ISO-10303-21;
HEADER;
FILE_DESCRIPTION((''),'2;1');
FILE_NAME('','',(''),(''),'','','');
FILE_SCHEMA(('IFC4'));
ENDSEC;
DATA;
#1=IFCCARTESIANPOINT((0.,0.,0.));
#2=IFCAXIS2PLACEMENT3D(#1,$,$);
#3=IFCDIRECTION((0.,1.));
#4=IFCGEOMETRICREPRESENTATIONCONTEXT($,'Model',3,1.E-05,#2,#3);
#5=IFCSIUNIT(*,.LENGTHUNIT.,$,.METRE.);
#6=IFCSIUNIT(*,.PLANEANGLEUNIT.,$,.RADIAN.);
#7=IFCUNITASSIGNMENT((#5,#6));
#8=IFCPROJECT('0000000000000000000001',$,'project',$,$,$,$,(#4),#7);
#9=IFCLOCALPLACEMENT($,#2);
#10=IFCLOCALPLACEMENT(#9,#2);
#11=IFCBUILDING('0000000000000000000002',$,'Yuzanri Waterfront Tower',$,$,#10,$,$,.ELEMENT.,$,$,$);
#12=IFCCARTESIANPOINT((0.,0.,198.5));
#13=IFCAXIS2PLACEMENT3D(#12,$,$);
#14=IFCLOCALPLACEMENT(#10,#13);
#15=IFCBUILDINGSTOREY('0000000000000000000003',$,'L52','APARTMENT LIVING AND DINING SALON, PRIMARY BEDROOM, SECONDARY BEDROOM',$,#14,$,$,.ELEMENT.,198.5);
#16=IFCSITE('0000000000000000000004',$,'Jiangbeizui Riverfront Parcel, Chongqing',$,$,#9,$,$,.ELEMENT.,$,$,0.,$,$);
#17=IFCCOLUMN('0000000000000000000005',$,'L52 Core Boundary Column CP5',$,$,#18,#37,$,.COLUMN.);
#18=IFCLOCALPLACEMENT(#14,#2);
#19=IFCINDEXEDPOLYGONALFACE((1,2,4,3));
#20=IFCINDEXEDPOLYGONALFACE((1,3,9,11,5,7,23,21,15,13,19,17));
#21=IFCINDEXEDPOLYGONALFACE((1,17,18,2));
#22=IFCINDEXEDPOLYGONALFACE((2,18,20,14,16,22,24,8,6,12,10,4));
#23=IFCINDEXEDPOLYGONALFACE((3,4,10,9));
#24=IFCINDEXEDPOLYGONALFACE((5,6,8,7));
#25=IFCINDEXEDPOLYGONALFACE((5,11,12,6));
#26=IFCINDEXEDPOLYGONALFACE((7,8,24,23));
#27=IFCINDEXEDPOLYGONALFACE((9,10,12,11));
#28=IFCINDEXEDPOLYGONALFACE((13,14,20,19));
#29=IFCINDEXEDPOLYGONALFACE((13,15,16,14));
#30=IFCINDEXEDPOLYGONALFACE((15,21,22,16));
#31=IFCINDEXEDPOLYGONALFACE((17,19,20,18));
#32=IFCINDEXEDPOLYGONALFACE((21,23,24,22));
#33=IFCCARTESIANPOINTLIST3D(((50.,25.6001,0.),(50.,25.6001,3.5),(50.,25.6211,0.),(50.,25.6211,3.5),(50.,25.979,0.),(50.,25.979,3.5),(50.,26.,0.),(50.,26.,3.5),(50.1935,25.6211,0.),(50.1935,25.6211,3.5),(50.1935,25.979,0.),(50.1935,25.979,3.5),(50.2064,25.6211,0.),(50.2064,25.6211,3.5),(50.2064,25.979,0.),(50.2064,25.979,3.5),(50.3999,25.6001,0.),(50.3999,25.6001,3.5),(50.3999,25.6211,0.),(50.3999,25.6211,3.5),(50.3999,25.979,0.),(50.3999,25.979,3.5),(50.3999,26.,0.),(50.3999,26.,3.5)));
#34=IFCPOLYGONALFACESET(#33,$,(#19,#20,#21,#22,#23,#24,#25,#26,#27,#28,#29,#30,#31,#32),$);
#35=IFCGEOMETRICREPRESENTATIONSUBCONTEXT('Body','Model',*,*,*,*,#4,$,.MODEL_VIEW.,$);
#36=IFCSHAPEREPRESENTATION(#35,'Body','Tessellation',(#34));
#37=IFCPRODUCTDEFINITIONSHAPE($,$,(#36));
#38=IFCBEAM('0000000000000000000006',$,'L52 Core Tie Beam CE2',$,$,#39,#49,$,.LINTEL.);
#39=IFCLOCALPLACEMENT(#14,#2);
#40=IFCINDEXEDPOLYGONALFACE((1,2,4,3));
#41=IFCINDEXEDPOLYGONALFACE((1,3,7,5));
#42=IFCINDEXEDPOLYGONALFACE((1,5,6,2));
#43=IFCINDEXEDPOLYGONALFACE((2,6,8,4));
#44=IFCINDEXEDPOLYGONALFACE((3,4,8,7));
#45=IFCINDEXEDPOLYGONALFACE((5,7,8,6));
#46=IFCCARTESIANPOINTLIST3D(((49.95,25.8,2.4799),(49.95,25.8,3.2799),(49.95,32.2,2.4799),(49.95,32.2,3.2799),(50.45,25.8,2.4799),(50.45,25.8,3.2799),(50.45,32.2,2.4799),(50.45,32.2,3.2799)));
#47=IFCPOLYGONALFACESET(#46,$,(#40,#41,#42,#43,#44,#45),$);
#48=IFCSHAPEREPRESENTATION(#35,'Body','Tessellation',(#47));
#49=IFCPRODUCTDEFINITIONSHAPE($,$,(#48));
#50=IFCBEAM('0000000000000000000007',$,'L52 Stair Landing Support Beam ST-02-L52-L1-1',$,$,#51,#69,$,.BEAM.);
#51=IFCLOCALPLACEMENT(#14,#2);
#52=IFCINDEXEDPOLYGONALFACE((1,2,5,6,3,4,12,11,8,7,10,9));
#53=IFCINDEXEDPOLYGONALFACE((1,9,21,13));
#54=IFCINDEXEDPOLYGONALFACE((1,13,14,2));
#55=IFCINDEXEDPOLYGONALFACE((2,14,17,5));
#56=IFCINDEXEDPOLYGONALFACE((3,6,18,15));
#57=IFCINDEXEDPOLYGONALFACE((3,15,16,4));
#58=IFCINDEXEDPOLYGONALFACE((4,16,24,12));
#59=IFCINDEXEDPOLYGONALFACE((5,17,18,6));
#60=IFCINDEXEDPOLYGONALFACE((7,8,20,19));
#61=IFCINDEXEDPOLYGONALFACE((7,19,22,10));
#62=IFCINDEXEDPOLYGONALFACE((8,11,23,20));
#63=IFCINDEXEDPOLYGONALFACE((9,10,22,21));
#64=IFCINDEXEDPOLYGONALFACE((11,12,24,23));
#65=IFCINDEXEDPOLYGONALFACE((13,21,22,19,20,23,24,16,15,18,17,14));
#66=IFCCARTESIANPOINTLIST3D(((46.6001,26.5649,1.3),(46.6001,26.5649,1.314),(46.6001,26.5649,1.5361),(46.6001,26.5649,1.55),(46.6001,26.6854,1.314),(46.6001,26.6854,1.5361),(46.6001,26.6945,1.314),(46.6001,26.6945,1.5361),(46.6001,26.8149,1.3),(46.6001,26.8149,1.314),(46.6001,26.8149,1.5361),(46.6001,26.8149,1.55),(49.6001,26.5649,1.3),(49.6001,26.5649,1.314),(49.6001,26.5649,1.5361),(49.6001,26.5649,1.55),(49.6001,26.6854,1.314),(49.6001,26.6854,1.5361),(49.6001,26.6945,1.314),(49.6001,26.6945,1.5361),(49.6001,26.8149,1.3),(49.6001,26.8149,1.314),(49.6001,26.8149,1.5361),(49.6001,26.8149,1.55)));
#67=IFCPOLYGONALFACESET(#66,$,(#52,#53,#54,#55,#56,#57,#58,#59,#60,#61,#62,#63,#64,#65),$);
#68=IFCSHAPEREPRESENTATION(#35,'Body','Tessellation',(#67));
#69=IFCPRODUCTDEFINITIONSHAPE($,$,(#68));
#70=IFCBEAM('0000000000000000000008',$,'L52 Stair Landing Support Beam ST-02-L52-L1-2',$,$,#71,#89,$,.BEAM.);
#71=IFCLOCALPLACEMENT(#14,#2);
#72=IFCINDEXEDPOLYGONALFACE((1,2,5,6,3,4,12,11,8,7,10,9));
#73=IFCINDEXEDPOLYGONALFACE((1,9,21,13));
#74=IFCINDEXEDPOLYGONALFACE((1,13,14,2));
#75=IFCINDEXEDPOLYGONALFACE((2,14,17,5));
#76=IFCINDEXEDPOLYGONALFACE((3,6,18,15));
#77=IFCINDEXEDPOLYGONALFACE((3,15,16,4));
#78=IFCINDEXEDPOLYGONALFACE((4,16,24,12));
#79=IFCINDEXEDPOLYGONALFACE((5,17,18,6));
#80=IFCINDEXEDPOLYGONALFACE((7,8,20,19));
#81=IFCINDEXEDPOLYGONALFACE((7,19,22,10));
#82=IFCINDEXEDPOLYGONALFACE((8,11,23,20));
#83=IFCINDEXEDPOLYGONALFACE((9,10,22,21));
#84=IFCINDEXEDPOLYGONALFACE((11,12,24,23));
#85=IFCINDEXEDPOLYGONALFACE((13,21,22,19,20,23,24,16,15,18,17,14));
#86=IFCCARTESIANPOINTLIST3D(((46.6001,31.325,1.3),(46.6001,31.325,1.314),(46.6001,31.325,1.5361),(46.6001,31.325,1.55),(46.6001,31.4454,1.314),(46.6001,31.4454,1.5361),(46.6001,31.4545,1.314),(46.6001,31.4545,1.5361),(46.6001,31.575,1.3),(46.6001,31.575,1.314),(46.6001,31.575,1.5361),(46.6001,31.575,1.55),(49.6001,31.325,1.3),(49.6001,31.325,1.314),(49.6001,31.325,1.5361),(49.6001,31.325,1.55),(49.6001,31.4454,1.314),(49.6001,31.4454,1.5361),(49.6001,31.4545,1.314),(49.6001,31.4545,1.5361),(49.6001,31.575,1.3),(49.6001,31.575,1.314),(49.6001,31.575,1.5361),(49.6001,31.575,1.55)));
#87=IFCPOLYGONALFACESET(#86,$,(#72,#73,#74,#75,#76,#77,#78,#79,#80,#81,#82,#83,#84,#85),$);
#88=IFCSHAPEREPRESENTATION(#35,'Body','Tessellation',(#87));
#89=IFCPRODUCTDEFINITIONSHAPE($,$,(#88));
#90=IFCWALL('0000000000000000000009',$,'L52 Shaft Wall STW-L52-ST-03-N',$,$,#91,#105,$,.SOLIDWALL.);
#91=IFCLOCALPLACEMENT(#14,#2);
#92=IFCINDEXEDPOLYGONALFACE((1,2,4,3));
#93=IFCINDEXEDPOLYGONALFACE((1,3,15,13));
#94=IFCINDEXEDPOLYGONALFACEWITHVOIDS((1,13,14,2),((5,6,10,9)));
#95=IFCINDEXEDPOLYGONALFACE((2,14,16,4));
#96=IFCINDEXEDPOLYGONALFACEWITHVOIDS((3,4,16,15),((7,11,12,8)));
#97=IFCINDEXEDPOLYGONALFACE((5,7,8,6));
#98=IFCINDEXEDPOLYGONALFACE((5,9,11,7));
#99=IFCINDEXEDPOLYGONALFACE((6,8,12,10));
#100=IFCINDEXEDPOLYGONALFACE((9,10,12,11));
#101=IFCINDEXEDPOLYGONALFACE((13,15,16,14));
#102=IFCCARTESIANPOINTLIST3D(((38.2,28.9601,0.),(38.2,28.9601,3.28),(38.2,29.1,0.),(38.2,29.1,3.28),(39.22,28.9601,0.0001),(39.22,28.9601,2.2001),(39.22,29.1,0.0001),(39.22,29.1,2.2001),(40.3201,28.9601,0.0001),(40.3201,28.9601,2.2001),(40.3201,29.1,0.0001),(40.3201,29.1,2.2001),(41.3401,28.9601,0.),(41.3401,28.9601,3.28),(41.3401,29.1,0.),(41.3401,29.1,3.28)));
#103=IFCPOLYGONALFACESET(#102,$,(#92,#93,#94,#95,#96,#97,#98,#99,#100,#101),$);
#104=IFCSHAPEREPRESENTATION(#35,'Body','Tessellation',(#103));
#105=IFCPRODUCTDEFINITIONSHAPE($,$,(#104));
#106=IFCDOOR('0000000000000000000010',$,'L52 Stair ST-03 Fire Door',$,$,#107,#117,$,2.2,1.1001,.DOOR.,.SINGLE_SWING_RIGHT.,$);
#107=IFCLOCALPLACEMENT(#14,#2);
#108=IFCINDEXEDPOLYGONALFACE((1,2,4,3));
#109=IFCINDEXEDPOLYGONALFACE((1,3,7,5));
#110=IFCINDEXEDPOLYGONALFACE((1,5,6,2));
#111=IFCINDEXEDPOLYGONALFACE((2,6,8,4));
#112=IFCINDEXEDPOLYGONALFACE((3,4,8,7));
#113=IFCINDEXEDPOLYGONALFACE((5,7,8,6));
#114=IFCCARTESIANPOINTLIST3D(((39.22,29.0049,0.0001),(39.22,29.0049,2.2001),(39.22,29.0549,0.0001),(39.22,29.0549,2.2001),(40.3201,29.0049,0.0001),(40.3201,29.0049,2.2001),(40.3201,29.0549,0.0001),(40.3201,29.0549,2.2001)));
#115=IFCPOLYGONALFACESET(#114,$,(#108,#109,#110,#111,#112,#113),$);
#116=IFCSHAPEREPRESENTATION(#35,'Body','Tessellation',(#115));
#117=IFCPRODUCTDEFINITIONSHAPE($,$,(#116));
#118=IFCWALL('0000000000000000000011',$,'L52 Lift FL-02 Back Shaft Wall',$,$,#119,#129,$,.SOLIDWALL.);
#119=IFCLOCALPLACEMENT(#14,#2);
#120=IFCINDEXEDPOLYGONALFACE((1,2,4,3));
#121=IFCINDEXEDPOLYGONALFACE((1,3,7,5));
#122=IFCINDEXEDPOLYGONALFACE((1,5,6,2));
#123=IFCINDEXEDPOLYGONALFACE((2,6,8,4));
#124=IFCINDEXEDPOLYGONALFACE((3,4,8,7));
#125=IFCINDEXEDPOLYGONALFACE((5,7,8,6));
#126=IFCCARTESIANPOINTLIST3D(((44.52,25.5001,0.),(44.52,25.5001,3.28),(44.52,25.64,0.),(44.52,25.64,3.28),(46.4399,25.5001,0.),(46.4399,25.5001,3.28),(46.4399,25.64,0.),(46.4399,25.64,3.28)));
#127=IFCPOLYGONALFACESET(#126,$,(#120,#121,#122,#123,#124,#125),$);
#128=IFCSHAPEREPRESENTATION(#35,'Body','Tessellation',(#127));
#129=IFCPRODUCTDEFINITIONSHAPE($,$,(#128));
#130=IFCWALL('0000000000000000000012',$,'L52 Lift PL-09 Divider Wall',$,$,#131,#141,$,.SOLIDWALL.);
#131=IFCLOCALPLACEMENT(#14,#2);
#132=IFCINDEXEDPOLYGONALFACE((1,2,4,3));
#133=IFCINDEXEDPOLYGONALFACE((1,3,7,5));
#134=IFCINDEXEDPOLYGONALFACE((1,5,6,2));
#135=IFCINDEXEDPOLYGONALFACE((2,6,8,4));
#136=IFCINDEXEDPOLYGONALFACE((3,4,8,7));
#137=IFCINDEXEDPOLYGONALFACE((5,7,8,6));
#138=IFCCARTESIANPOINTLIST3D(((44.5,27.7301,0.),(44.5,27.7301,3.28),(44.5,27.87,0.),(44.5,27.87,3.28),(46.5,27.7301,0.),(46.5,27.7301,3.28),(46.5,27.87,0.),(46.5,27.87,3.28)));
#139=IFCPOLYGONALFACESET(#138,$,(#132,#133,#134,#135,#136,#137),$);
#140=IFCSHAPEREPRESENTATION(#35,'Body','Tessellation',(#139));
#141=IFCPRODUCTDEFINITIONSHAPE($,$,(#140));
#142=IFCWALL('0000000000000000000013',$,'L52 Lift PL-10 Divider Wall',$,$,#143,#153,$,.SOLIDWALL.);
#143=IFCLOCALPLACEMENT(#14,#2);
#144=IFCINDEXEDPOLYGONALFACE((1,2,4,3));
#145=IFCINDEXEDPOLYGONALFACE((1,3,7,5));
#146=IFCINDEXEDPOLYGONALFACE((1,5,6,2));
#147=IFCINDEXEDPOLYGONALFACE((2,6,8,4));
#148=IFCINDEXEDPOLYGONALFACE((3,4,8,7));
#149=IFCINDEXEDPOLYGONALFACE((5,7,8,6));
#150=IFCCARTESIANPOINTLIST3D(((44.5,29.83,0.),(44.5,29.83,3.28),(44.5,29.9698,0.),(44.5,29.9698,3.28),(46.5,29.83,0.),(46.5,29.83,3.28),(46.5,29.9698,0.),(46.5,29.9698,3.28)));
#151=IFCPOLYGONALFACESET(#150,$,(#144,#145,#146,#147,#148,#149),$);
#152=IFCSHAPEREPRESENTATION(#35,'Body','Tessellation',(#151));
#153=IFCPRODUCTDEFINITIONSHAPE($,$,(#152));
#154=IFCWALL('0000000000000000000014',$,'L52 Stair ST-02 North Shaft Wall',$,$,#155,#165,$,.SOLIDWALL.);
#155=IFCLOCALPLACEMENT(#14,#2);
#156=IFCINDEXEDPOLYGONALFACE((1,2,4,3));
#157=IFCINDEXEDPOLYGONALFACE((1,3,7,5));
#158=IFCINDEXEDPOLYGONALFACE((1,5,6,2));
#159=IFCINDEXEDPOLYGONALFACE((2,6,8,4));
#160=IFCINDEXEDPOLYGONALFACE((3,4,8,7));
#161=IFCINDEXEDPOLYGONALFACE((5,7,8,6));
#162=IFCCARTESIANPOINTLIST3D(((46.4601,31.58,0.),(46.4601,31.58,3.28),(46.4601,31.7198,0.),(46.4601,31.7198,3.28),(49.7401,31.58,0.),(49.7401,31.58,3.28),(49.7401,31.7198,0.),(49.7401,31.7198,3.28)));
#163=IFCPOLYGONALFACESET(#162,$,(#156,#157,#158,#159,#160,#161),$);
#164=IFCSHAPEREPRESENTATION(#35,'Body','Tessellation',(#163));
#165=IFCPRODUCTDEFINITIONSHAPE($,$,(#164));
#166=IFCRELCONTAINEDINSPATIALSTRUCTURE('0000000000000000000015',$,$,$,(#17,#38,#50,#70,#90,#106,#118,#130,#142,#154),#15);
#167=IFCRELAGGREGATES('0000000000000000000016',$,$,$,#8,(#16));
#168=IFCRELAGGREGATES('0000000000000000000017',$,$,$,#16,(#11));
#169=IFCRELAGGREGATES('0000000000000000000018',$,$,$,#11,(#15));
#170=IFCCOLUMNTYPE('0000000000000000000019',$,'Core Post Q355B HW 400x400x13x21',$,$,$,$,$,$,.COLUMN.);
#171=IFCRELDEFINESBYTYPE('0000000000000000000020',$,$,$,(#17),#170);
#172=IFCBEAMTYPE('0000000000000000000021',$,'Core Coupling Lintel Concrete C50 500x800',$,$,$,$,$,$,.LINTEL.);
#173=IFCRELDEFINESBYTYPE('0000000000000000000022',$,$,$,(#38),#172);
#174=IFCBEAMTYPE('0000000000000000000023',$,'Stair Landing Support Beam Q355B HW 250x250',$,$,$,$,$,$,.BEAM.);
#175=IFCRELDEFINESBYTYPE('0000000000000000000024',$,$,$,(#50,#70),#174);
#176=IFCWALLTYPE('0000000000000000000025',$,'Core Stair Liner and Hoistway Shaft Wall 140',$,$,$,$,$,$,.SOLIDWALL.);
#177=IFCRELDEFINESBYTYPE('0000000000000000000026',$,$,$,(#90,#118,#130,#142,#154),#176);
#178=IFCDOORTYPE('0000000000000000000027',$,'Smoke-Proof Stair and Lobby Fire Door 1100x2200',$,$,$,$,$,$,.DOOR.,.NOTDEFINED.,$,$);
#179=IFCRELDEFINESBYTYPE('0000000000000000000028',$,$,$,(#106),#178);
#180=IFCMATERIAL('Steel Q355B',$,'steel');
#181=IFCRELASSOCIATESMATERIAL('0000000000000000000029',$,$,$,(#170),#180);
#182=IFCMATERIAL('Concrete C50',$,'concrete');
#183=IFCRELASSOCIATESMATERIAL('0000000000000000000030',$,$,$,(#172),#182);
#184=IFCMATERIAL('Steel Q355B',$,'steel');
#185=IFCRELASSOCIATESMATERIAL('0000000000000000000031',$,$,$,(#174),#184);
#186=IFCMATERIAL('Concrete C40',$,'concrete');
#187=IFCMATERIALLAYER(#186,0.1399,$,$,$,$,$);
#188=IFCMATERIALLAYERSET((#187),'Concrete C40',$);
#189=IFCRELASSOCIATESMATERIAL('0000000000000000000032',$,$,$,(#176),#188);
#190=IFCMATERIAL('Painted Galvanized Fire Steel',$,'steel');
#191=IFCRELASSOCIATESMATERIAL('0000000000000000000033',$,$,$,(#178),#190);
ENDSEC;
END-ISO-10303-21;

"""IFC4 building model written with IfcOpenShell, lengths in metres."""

from ifc_helpers import new_model, si_unit, direction, frame, frame_2d, origin, origin_2d, place, context, subcontext, project, spatial, rectangle, i_section, extrude, source, transform, mapped, material, layer, layer_set, material_profile, profile_set, type_object, element, fill, save


model = new_model("IFC4")

# Units and contexts
model_context = context("Model", 3, precision=1e-05, world=origin(), true_north=direction((0.0, 1.0)))
body_context = subcontext(model_context, "Body", "Model", "MODEL_VIEW")
ifc_project = project(units=[si_unit("LENGTHUNIT", "METRE"), si_unit("PLANEANGLEUNIT", "RADIAN")], contexts=[model_context])

# Site, building, storey
site_placement = place(None, origin())
site = spatial("IfcSite", under=ifc_project, at=site_placement, Name="Jiangbeizui Riverfront Parcel, Chongqing", CompositionType="ELEMENT", RefElevation=0.0)
building_placement = place(site_placement, origin())
building = spatial("IfcBuilding", under=site, at=building_placement, Name="Yuzanri Waterfront Tower", CompositionType="ELEMENT")
storey_placement = place(building_placement, frame((0.0, 0.0, 198.5)))
storey = spatial("IfcBuildingStorey", under=building, at=storey_placement, Name="L52", Description="APARTMENT LIVING AND DINING SALON, PRIMARY BEDROOM, SECONDARY BEDROOM", CompositionType="ELEMENT", Elevation=198.5)

# Column
ifc_material_1 = material(Name="Steel Q355B", Category="steel")
ifc_material_profile_1 = material_profile(ifc_material_1, i_section(OverallWidth=0.3999, OverallDepth=0.3999, WebThickness=0.0129, FlangeThickness=0.021, at=origin_2d()), Name="HW 400x400x13x21")
ifc_profile_set_1 = profile_set([ifc_material_profile_1], Name="Steel Q355B")
column_type = type_object("IfcColumnType", Name="Core Post Q355B HW 400x400x13x21", PredefinedType="COLUMN", material=ifc_profile_set_1)
shared_shape_1 = source(origin(), body_context, "Body", "SweptSolid", [
    extrude(i_section(OverallWidth=0.3999, OverallDepth=0.3999, WebThickness=0.0129, FlangeThickness=0.021, at=origin_2d()), origin(), (0.0, 0.0, 1.0), 3.5),
])
column_placement = place(storey_placement, frame((50.2, 25.8, 0.0), z_axis=(0.0, 0.0, 1.0), x_axis=(1.0, 0.0, 0.0)))
element("IfcColumn", 1, at=column_placement, inside=storey, type_object=column_type, Name="L52 Core Boundary Column CP5", PredefinedType="COLUMN", context=body_context, shape_type="MappedRepresentation", body=[
    mapped(shared_shape_1, transform((0.0, 0.0, 0.0), scale=1.0)),
])

# Beams
ifc_material_2 = material(Name="Concrete C50", Category="concrete")
ifc_material_profile_2 = material_profile(ifc_material_2, rectangle(XDim=0.5, YDim=0.8, at=origin_2d()), Name="RC 500x800")
ifc_profile_set_2 = profile_set([ifc_material_profile_2], Name="Concrete C50")
beam_type_1 = type_object("IfcBeamType", Name="Core Coupling Lintel Concrete C50 500x800", PredefinedType="LINTEL", material=ifc_profile_set_2)
shared_shape_2 = source(origin(), body_context, "Body", "SweptSolid", [
    extrude(rectangle(XDim=0.5, YDim=0.8, at=origin_2d()), origin(), (0.0, 0.0, 1.0), 6.3999),
])
beam_placement = place(storey_placement, frame((50.2, 25.8, 2.8799), z_axis=(0.0, 1.0, 0.0), x_axis=(-1.0, 0.0, 0.0)))
element("IfcBeam", 2, at=beam_placement, inside=storey, type_object=beam_type_1, Name="L52 Core Tie Beam CE2", PredefinedType="LINTEL", context=body_context, shape_type="MappedRepresentation", body=[
    mapped(shared_shape_2, transform((0.0, 0.0, 0.0), scale=1.0)),
])
ifc_material_3 = material(Name="Steel Q355B", Category="steel")
ifc_material_profile_3 = material_profile(ifc_material_3, i_section(OverallWidth=0.25, OverallDepth=0.25, WebThickness=0.009, FlangeThickness=0.0139, at=origin_2d()), Name="HW 250x250x9x14")
ifc_profile_set_3 = profile_set([ifc_material_profile_3], Name="Steel Q355B")
beam_type_2 = type_object("IfcBeamType", Name="Stair Landing Support Beam Q355B HW 250x250", PredefinedType="BEAM", material=ifc_profile_set_3)
shared_shape_3 = source(origin(), body_context, "Body", "SweptSolid", [
    extrude(i_section(OverallWidth=0.25, OverallDepth=0.25, WebThickness=0.009, FlangeThickness=0.0139, at=origin_2d()), origin(), (0.0, 0.0, 1.0), 3.0),
])
for number, where, z_axis, x_axis, name in (
    (3, (46.6001, 26.6899, 1.425), (1.0, 0.0, 0.0), (0.0, 1.0, 0.0), "L52 Stair Landing Support Beam ST-02-L52-L1-1"),
    (4, (46.6001, 31.45, 1.425), (1.0, 0.0, 0.0), (0.0, 1.0, 0.0), "L52 Stair Landing Support Beam ST-02-L52-L1-2"),
):
    element("IfcBeam", number, at=place(storey_placement, frame(where, z_axis=z_axis, x_axis=x_axis)), inside=storey, type_object=beam_type_2, Name=name, PredefinedType="BEAM", context=body_context, shape_type="MappedRepresentation", body=[
        mapped(shared_shape_3, transform((0.0, 0.0, 0.0), scale=1.0)),
    ])

# Wall, opening, door
ifc_material_4 = material(Name="Concrete C40", Category="concrete")
ifc_layer_1 = layer(ifc_material_4, 0.1399)
ifc_layer_set_1 = layer_set([ifc_layer_1], Name="Concrete C40")
wall_type_1 = type_object("IfcWallType", Name="Core Stair Liner and Hoistway Shaft Wall 140", PredefinedType="SOLIDWALL", material=ifc_layer_set_1)
wall_1_placement = place(storey_placement, frame((38.2, 29.03, 0.0), z_axis=(0.0, 0.0, 1.0), x_axis=(1.0, 0.0, 0.0)))
wall_1 = element("IfcWall", 5, at=wall_1_placement, inside=storey, type_object=wall_type_1, Name="L52 Shaft Wall STW-L52-ST-03-N", PredefinedType="SOLIDWALL", context=body_context, shape_type="SweptSolid", body=[
    extrude(rectangle(XDim=3.1401, YDim=0.1399, at=frame_2d((1.5701, 0.0))), origin(), (0.0, 0.0, 1.0), 3.28),
])
opening_placement = place(wall_1_placement, frame((1.02, 0.0, 0.0)))
opening = element("IfcOpeningElement", 6, at=opening_placement, cuts=wall_1, PredefinedType="OPENING", context=body_context, shape_type="SweptSolid", body=[
    extrude(rectangle(XDim=1.1001, YDim=2.2, at=frame_2d((0.55, 1.1001))), frame((0.0, 0.085, 0.0), z_axis=(0.0, -1.0, 0.0), x_axis=(1.0, 0.0, 0.0)), (0.0, 0.0, 1.0), 0.1697),
])
ifc_material_5 = material(Name="Painted Galvanized Fire Steel", Category="steel")
door_type = type_object("IfcDoorType", Name="Smoke-Proof Stair and Lobby Fire Door 1100x2200", OperationType="NOTDEFINED", PredefinedType="DOOR", material=ifc_material_5)
shared_shape_4 = source(origin(), body_context, "Body", "SweptSolid", [
    extrude(rectangle(XDim=1.1001, YDim=2.2, at=frame_2d((0.55, 1.1001))), frame((0.0, 0.0249, 0.0), z_axis=(0.0, -1.0, 0.0), x_axis=(1.0, 0.0, 0.0)), (0.0, 0.0, 1.0), 0.05),
])
door_placement = place(opening_placement, origin())
door = element("IfcDoor", 7, at=door_placement, inside=storey, type_object=door_type, Name="L52 Stair ST-03 Fire Door", OperationType="SINGLE_SWING_RIGHT", OverallHeight=2.2, OverallWidth=1.1001, PredefinedType="DOOR", context=body_context, shape_type="MappedRepresentation", body=[
    mapped(shared_shape_4, transform((0.0, 0.0, 0.0), scale=1.0)),
])
fill(opening, door)

# Walls
shared_shape_5 = source(origin(), body_context, "Body", "SweptSolid", [
    extrude(rectangle(XDim=1.9199, YDim=0.1399, at=frame_2d((0.96, 0.0))), origin(), (0.0, 0.0, 1.0), 3.28),
])
wall_2_placement = place(storey_placement, frame((44.52, 25.5701, 0.0), z_axis=(0.0, 0.0, 1.0), x_axis=(1.0, 0.0, 0.0)))
element("IfcWall", 8, at=wall_2_placement, inside=storey, type_object=wall_type_1, Name="L52 Lift FL-02 Back Shaft Wall", PredefinedType="SOLIDWALL", context=body_context, shape_type="MappedRepresentation", body=[
    mapped(shared_shape_5, transform((0.0, 0.0, 0.0), scale=1.0)),
])
shared_shape_6 = source(origin(), body_context, "Body", "SweptSolid", [
    extrude(rectangle(XDim=2.0, YDim=0.1399, at=frame_2d((1.0, 0.0))), origin(), (0.0, 0.0, 1.0), 3.28),
])
for number, where, z_axis, x_axis, name in (
    (9, (44.5, 27.8, 0.0), (0.0, 0.0, 1.0), (1.0, 0.0, 0.0), "L52 Lift PL-09 Divider Wall"),
    (10, (44.5, 29.8999, 0.0), (0.0, 0.0, 1.0), (1.0, 0.0, 0.0), "L52 Lift PL-10 Divider Wall"),
):
    element("IfcWall", number, at=place(storey_placement, frame(where, z_axis=z_axis, x_axis=x_axis)), inside=storey, type_object=wall_type_1, Name=name, PredefinedType="SOLIDWALL", context=body_context, shape_type="MappedRepresentation", body=[
        mapped(shared_shape_6, transform((0.0, 0.0, 0.0), scale=1.0)),
    ])
shared_shape_7 = source(origin(), body_context, "Body", "SweptSolid", [
    extrude(rectangle(XDim=3.28, YDim=0.1399, at=frame_2d((1.6401, 0.0))), origin(), (0.0, 0.0, 1.0), 3.28),
])
wall_3_placement = place(storey_placement, frame((46.46, 31.6499, 0.0), z_axis=(0.0, 0.0, 1.0), x_axis=(1.0, 0.0, 0.0)))
element("IfcWall", 11, at=wall_3_placement, inside=storey, type_object=wall_type_1, Name="L52 Stair ST-02 North Shaft Wall", PredefinedType="SOLIDWALL", context=body_context, shape_type="MappedRepresentation", body=[
    mapped(shared_shape_7, transform((0.0, 0.0, 0.0), scale=1.0)),
])

save(model, "model.ifc")
